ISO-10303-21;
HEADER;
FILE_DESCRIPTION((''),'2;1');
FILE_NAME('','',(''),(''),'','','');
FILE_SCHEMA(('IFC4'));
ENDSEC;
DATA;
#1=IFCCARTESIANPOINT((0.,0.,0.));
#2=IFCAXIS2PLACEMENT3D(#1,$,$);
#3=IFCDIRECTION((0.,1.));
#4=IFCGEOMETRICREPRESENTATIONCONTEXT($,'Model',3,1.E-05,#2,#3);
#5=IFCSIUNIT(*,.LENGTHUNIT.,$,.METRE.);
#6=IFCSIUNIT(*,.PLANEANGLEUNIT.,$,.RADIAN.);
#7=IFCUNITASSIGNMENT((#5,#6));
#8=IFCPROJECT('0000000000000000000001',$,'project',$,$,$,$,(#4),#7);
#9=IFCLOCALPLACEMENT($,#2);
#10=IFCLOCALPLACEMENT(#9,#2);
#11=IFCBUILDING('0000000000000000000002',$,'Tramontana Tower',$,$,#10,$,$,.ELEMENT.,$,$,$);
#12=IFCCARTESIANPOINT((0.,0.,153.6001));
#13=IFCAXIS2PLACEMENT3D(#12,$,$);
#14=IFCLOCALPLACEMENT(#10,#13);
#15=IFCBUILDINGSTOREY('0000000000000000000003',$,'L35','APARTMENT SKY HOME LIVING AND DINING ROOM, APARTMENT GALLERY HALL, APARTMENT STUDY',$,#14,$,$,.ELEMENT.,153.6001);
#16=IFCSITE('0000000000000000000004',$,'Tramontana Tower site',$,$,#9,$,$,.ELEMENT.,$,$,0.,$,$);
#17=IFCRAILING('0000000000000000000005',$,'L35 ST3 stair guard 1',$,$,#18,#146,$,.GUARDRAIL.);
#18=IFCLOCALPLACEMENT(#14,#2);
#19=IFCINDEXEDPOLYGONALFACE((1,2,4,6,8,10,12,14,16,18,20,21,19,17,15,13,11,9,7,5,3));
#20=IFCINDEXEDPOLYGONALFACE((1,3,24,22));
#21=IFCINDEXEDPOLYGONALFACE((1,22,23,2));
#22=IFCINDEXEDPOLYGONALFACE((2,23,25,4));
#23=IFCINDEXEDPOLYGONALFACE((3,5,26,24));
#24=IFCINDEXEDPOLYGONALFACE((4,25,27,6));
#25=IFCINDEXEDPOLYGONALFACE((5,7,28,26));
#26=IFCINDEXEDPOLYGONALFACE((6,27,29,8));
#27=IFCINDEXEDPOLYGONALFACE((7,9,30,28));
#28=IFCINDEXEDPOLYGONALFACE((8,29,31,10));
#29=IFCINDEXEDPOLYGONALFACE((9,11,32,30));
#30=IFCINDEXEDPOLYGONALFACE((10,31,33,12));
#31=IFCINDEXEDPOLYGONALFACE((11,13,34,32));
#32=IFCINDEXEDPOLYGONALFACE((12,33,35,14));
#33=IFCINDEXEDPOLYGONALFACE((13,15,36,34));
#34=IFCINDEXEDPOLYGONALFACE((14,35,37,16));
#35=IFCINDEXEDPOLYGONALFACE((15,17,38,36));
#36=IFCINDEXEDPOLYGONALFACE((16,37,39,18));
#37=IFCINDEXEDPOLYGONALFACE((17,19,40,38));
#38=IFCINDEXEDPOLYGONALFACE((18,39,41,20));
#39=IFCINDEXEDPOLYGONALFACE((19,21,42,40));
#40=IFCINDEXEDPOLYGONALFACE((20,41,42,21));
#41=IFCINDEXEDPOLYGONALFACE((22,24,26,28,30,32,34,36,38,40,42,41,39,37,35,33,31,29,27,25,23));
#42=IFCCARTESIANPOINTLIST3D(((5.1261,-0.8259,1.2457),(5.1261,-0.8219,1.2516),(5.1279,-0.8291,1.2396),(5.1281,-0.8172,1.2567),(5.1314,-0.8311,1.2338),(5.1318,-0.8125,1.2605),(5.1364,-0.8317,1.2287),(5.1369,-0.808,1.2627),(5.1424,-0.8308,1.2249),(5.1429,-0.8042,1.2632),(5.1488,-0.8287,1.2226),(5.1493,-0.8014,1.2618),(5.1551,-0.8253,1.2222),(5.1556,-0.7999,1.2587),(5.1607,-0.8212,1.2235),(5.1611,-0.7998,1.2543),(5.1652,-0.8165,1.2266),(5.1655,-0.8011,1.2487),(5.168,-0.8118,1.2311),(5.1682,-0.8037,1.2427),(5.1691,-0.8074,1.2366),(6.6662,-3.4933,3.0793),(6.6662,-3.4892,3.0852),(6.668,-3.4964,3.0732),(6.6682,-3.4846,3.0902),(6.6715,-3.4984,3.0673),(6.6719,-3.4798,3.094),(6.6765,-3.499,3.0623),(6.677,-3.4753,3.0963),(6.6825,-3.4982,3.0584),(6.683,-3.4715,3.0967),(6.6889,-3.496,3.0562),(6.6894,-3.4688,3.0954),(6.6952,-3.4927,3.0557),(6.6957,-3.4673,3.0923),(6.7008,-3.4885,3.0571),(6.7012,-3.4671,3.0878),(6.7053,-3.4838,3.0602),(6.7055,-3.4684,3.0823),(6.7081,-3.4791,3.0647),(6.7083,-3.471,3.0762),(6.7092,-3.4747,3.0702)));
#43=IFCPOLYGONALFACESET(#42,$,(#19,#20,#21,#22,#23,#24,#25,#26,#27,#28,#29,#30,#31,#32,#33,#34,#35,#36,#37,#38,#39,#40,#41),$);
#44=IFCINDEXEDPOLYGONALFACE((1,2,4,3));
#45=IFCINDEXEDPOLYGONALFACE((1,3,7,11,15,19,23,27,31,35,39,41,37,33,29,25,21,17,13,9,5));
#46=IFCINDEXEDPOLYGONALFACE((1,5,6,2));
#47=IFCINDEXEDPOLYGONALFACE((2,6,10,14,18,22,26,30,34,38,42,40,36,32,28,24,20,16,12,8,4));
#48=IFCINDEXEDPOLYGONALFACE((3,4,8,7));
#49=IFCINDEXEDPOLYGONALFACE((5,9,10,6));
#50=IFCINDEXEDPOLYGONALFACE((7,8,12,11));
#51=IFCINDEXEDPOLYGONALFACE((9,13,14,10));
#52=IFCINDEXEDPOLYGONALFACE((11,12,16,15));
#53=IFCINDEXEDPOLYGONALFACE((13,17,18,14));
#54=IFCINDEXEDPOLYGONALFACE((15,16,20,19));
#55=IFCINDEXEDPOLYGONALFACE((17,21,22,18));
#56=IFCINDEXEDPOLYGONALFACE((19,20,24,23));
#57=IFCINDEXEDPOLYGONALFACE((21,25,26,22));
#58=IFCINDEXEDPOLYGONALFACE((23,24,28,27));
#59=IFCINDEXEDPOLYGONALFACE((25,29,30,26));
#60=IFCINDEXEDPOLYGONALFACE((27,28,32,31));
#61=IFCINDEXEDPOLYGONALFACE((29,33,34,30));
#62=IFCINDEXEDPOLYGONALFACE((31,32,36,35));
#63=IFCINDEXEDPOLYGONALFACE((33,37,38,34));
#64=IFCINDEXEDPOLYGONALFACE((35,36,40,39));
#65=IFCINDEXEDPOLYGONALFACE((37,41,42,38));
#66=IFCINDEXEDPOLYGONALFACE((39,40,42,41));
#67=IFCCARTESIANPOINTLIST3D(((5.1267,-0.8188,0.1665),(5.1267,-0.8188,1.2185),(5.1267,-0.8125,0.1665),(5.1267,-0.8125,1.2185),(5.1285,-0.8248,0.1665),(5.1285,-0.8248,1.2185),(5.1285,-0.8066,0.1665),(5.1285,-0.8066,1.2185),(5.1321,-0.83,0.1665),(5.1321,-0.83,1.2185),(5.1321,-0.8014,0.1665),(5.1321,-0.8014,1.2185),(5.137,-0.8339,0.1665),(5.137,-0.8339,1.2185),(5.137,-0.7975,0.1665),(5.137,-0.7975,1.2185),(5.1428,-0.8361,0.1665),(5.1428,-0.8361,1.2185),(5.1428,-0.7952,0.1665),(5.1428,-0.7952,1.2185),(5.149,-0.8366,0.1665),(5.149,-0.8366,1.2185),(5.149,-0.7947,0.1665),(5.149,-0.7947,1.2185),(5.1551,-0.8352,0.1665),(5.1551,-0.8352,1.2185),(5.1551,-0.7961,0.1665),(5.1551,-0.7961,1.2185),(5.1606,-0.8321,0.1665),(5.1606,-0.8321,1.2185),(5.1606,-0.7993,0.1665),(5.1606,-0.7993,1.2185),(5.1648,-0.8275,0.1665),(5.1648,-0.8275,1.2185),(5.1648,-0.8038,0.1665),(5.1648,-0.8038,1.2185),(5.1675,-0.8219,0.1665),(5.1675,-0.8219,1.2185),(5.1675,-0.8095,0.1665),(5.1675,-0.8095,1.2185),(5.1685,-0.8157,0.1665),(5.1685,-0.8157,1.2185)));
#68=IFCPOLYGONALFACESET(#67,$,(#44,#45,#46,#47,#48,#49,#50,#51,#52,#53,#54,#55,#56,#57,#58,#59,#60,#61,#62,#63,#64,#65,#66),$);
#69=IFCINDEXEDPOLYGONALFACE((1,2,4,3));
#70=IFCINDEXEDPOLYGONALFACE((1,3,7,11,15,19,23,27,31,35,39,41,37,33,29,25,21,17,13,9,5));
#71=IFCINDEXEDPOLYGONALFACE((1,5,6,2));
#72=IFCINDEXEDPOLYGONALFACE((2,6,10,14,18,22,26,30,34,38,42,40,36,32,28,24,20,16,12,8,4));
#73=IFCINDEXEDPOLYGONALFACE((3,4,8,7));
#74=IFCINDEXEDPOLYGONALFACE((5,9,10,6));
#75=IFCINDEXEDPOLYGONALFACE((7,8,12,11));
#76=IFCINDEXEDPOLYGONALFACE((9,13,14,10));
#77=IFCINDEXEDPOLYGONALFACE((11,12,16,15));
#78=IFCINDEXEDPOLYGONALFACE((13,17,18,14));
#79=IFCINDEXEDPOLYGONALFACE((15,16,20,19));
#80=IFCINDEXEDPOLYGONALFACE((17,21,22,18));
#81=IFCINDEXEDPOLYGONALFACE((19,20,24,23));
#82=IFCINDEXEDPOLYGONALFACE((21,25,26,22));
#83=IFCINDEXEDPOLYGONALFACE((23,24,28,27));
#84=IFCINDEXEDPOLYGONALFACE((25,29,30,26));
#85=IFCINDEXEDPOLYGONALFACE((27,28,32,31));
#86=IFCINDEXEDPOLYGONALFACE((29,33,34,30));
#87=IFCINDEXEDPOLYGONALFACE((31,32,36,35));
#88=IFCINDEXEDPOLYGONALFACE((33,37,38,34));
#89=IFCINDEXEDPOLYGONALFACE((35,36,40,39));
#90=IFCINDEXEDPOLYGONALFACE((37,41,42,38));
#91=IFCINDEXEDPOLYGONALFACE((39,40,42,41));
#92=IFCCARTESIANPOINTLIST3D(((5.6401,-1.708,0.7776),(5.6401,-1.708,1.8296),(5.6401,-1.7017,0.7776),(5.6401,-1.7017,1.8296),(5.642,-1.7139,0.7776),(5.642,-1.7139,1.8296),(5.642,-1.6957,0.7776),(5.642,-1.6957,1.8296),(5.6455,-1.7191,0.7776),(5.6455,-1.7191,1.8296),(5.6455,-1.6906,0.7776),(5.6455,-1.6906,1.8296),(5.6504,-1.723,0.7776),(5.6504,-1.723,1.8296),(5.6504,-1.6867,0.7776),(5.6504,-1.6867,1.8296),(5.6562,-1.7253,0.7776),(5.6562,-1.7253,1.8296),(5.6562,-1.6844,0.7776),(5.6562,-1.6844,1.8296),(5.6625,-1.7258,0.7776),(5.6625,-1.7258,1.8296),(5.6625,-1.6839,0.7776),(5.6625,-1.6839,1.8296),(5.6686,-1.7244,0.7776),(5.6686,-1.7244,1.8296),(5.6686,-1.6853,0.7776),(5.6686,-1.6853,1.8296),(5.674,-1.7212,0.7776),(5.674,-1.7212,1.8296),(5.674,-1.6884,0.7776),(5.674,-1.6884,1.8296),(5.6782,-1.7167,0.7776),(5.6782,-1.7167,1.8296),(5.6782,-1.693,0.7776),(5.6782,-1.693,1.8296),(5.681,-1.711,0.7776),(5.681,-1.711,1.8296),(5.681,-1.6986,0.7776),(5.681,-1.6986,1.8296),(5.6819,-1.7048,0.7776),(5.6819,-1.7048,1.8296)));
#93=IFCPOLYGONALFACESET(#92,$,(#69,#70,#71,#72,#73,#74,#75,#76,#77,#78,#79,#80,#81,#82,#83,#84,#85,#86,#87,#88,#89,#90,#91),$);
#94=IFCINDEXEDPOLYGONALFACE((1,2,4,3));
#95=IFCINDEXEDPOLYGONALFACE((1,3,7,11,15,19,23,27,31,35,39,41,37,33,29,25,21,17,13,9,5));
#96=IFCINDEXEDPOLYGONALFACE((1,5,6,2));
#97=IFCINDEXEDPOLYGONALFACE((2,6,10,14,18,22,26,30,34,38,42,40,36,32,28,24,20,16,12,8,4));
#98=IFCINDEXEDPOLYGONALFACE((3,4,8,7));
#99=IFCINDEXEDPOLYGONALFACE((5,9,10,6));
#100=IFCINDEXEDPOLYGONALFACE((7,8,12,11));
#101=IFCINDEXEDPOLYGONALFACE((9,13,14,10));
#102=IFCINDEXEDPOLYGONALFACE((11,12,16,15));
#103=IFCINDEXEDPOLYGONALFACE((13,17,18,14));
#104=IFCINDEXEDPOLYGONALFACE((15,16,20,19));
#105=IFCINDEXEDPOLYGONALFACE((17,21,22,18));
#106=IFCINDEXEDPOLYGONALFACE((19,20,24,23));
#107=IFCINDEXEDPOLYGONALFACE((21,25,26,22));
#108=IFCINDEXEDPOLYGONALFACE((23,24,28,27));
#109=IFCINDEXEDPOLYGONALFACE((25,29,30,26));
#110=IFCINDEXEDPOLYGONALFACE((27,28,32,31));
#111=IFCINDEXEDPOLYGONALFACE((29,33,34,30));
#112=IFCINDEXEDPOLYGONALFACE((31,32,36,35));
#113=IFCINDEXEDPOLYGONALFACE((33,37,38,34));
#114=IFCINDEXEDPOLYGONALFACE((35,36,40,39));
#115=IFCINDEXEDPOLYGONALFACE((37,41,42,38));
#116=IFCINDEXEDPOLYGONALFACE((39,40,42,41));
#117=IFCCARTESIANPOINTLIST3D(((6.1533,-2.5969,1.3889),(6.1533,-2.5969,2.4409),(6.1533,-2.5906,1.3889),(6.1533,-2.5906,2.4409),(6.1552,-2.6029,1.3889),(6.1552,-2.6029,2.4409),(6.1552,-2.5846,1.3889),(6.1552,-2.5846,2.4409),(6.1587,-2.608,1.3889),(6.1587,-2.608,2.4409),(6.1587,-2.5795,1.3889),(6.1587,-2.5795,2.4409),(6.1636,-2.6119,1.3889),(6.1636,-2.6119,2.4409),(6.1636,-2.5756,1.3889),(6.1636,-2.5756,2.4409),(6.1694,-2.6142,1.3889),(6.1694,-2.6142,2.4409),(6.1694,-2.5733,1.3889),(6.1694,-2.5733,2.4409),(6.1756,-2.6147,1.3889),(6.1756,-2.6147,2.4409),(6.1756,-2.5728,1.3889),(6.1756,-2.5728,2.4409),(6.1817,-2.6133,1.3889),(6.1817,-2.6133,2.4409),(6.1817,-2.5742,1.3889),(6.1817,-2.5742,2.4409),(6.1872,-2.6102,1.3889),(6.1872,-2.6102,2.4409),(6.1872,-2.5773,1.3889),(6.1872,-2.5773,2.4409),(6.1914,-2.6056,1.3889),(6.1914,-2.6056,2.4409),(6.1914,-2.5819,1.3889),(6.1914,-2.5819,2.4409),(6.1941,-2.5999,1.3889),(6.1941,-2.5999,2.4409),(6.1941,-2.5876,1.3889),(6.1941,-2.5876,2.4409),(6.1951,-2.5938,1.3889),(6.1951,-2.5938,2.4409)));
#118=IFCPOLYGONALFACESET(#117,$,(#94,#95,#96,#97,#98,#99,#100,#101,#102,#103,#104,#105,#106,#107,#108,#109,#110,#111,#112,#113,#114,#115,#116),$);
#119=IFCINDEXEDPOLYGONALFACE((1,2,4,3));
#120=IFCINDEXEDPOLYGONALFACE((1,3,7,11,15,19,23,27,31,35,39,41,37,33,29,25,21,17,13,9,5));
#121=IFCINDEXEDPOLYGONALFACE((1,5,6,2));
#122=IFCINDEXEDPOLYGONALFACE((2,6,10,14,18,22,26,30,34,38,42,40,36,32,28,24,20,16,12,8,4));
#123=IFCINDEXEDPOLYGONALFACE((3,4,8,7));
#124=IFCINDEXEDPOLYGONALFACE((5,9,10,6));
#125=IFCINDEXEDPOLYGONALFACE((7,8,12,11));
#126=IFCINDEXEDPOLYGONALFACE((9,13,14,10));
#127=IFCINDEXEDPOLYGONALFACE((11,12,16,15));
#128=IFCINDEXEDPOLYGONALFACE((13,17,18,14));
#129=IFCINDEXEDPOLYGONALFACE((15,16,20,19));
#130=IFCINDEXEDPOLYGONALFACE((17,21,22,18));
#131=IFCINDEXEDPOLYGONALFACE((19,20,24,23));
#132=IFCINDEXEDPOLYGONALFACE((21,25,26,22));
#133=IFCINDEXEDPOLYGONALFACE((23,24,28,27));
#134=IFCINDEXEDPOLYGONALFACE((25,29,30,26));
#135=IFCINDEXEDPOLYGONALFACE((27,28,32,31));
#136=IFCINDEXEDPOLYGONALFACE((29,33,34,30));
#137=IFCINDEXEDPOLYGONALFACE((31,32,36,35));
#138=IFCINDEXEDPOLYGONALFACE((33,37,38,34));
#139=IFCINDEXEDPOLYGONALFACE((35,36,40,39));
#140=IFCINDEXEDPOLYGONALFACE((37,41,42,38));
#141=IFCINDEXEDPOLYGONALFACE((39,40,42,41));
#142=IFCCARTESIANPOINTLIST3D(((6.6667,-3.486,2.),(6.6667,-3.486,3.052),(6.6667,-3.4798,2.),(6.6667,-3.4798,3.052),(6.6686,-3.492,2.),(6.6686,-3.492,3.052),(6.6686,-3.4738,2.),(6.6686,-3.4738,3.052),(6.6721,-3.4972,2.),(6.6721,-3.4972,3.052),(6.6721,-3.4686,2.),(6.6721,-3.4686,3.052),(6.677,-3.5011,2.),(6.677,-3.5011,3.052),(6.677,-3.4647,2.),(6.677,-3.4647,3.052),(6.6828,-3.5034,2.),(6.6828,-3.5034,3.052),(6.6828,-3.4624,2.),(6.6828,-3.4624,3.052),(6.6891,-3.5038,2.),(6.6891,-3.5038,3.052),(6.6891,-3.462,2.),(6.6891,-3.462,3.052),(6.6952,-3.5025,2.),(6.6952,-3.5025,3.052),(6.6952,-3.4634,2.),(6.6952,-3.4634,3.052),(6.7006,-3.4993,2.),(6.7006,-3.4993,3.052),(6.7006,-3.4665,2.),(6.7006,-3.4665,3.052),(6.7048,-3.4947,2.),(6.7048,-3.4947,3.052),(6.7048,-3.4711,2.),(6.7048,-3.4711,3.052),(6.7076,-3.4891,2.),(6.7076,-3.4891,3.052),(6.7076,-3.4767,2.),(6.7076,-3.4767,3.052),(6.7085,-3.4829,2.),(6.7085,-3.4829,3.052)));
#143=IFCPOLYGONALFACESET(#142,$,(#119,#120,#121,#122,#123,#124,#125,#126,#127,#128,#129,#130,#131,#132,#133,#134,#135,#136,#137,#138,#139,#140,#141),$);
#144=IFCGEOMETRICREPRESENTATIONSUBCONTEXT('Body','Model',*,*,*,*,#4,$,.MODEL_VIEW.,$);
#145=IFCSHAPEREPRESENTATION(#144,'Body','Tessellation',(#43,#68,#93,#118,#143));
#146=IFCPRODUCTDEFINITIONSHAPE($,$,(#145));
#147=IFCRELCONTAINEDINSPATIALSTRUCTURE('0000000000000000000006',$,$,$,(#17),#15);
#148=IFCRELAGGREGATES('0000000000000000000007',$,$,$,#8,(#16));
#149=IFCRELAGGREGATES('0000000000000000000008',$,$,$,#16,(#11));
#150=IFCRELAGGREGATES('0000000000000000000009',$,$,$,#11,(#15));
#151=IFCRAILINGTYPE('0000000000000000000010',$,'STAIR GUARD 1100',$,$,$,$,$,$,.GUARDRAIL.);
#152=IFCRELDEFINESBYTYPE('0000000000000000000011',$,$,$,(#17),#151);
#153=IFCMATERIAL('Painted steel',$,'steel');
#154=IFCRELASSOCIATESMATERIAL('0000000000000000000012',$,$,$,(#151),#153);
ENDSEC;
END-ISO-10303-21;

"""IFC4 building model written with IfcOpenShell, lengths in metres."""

from ifc_helpers import new_model, si_unit, direction, frame, origin, origin_2d, place, context, subcontext, project, spatial, circle, extrude, material, type_object, element, save


model = new_model("IFC4")

# Units and contexts
model_context = context("Model", 3, precision=1e-05, world=origin(), true_north=direction((0.0, 1.0)))
body_context = subcontext(model_context, "Body", "Model", "MODEL_VIEW")
ifc_project = project(units=[si_unit("LENGTHUNIT", "METRE"), si_unit("PLANEANGLEUNIT", "RADIAN")], contexts=[model_context])

# Site, building, storey
site_placement = place(None, origin())
site = spatial("IfcSite", under=ifc_project, at=site_placement, Name="Tramontana Tower site", CompositionType="ELEMENT", RefElevation=0.0)
building_placement = place(site_placement, origin())
building = spatial("IfcBuilding", under=site, at=building_placement, Name="Tramontana Tower", CompositionType="ELEMENT")
storey_placement = place(building_placement, frame((0.0, 0.0, 153.6001)))
storey = spatial("IfcBuildingStorey", under=building, at=storey_placement, Name="L35", Description="APARTMENT SKY HOME LIVING AND DINING ROOM, APARTMENT GALLERY HALL, APARTMENT STUDY", CompositionType="ELEMENT", Elevation=153.6001)

# Railing
ifc_material_1 = material(Name="Painted steel", Category="steel")
railing_type_1 = type_object("IfcRailingType", Name="STAIR GUARD 1100", PredefinedType="GUARDRAIL", material=ifc_material_1)
railing_1_placement = place(storey_placement, frame((5.1475, -0.8157, 0.1665)))
element("IfcRailing", 1, at=railing_1_placement, inside=storey, type_object=railing_type_1, Name="L35 ST3 stair guard 1", PredefinedType="GUARDRAIL", context=body_context, shape_type="SweptSolid", body=[
    extrude(circle(Radius=0.0239, at=origin_2d()), frame((0.0, 0.0, 1.0762), z_axis=(0.429656, -0.744134, 0.511528), x_axis=(0.86601, 0.500027, 0.0)), (0.0, 0.0, 1.0), 3.5845),
    extrude(circle(Radius=0.021, at=origin_2d()), origin(), (0.0, 0.0, 1.0), 1.052),
    extrude(circle(Radius=0.021, at=origin_2d()), frame((0.5134, -0.8892, 0.6111)), (0.0, 0.0, 1.0), 1.052),
    extrude(circle(Radius=0.021, at=origin_2d()), frame((1.0266, -1.7781, 1.2224)), (0.0, 0.0, 1.0), 1.052),
    extrude(circle(Radius=0.021, at=origin_2d()), frame((1.54, -2.6672, 1.8335)), (0.0, 0.0, 1.0), 1.052),
])

save(model, "model.ifc")
